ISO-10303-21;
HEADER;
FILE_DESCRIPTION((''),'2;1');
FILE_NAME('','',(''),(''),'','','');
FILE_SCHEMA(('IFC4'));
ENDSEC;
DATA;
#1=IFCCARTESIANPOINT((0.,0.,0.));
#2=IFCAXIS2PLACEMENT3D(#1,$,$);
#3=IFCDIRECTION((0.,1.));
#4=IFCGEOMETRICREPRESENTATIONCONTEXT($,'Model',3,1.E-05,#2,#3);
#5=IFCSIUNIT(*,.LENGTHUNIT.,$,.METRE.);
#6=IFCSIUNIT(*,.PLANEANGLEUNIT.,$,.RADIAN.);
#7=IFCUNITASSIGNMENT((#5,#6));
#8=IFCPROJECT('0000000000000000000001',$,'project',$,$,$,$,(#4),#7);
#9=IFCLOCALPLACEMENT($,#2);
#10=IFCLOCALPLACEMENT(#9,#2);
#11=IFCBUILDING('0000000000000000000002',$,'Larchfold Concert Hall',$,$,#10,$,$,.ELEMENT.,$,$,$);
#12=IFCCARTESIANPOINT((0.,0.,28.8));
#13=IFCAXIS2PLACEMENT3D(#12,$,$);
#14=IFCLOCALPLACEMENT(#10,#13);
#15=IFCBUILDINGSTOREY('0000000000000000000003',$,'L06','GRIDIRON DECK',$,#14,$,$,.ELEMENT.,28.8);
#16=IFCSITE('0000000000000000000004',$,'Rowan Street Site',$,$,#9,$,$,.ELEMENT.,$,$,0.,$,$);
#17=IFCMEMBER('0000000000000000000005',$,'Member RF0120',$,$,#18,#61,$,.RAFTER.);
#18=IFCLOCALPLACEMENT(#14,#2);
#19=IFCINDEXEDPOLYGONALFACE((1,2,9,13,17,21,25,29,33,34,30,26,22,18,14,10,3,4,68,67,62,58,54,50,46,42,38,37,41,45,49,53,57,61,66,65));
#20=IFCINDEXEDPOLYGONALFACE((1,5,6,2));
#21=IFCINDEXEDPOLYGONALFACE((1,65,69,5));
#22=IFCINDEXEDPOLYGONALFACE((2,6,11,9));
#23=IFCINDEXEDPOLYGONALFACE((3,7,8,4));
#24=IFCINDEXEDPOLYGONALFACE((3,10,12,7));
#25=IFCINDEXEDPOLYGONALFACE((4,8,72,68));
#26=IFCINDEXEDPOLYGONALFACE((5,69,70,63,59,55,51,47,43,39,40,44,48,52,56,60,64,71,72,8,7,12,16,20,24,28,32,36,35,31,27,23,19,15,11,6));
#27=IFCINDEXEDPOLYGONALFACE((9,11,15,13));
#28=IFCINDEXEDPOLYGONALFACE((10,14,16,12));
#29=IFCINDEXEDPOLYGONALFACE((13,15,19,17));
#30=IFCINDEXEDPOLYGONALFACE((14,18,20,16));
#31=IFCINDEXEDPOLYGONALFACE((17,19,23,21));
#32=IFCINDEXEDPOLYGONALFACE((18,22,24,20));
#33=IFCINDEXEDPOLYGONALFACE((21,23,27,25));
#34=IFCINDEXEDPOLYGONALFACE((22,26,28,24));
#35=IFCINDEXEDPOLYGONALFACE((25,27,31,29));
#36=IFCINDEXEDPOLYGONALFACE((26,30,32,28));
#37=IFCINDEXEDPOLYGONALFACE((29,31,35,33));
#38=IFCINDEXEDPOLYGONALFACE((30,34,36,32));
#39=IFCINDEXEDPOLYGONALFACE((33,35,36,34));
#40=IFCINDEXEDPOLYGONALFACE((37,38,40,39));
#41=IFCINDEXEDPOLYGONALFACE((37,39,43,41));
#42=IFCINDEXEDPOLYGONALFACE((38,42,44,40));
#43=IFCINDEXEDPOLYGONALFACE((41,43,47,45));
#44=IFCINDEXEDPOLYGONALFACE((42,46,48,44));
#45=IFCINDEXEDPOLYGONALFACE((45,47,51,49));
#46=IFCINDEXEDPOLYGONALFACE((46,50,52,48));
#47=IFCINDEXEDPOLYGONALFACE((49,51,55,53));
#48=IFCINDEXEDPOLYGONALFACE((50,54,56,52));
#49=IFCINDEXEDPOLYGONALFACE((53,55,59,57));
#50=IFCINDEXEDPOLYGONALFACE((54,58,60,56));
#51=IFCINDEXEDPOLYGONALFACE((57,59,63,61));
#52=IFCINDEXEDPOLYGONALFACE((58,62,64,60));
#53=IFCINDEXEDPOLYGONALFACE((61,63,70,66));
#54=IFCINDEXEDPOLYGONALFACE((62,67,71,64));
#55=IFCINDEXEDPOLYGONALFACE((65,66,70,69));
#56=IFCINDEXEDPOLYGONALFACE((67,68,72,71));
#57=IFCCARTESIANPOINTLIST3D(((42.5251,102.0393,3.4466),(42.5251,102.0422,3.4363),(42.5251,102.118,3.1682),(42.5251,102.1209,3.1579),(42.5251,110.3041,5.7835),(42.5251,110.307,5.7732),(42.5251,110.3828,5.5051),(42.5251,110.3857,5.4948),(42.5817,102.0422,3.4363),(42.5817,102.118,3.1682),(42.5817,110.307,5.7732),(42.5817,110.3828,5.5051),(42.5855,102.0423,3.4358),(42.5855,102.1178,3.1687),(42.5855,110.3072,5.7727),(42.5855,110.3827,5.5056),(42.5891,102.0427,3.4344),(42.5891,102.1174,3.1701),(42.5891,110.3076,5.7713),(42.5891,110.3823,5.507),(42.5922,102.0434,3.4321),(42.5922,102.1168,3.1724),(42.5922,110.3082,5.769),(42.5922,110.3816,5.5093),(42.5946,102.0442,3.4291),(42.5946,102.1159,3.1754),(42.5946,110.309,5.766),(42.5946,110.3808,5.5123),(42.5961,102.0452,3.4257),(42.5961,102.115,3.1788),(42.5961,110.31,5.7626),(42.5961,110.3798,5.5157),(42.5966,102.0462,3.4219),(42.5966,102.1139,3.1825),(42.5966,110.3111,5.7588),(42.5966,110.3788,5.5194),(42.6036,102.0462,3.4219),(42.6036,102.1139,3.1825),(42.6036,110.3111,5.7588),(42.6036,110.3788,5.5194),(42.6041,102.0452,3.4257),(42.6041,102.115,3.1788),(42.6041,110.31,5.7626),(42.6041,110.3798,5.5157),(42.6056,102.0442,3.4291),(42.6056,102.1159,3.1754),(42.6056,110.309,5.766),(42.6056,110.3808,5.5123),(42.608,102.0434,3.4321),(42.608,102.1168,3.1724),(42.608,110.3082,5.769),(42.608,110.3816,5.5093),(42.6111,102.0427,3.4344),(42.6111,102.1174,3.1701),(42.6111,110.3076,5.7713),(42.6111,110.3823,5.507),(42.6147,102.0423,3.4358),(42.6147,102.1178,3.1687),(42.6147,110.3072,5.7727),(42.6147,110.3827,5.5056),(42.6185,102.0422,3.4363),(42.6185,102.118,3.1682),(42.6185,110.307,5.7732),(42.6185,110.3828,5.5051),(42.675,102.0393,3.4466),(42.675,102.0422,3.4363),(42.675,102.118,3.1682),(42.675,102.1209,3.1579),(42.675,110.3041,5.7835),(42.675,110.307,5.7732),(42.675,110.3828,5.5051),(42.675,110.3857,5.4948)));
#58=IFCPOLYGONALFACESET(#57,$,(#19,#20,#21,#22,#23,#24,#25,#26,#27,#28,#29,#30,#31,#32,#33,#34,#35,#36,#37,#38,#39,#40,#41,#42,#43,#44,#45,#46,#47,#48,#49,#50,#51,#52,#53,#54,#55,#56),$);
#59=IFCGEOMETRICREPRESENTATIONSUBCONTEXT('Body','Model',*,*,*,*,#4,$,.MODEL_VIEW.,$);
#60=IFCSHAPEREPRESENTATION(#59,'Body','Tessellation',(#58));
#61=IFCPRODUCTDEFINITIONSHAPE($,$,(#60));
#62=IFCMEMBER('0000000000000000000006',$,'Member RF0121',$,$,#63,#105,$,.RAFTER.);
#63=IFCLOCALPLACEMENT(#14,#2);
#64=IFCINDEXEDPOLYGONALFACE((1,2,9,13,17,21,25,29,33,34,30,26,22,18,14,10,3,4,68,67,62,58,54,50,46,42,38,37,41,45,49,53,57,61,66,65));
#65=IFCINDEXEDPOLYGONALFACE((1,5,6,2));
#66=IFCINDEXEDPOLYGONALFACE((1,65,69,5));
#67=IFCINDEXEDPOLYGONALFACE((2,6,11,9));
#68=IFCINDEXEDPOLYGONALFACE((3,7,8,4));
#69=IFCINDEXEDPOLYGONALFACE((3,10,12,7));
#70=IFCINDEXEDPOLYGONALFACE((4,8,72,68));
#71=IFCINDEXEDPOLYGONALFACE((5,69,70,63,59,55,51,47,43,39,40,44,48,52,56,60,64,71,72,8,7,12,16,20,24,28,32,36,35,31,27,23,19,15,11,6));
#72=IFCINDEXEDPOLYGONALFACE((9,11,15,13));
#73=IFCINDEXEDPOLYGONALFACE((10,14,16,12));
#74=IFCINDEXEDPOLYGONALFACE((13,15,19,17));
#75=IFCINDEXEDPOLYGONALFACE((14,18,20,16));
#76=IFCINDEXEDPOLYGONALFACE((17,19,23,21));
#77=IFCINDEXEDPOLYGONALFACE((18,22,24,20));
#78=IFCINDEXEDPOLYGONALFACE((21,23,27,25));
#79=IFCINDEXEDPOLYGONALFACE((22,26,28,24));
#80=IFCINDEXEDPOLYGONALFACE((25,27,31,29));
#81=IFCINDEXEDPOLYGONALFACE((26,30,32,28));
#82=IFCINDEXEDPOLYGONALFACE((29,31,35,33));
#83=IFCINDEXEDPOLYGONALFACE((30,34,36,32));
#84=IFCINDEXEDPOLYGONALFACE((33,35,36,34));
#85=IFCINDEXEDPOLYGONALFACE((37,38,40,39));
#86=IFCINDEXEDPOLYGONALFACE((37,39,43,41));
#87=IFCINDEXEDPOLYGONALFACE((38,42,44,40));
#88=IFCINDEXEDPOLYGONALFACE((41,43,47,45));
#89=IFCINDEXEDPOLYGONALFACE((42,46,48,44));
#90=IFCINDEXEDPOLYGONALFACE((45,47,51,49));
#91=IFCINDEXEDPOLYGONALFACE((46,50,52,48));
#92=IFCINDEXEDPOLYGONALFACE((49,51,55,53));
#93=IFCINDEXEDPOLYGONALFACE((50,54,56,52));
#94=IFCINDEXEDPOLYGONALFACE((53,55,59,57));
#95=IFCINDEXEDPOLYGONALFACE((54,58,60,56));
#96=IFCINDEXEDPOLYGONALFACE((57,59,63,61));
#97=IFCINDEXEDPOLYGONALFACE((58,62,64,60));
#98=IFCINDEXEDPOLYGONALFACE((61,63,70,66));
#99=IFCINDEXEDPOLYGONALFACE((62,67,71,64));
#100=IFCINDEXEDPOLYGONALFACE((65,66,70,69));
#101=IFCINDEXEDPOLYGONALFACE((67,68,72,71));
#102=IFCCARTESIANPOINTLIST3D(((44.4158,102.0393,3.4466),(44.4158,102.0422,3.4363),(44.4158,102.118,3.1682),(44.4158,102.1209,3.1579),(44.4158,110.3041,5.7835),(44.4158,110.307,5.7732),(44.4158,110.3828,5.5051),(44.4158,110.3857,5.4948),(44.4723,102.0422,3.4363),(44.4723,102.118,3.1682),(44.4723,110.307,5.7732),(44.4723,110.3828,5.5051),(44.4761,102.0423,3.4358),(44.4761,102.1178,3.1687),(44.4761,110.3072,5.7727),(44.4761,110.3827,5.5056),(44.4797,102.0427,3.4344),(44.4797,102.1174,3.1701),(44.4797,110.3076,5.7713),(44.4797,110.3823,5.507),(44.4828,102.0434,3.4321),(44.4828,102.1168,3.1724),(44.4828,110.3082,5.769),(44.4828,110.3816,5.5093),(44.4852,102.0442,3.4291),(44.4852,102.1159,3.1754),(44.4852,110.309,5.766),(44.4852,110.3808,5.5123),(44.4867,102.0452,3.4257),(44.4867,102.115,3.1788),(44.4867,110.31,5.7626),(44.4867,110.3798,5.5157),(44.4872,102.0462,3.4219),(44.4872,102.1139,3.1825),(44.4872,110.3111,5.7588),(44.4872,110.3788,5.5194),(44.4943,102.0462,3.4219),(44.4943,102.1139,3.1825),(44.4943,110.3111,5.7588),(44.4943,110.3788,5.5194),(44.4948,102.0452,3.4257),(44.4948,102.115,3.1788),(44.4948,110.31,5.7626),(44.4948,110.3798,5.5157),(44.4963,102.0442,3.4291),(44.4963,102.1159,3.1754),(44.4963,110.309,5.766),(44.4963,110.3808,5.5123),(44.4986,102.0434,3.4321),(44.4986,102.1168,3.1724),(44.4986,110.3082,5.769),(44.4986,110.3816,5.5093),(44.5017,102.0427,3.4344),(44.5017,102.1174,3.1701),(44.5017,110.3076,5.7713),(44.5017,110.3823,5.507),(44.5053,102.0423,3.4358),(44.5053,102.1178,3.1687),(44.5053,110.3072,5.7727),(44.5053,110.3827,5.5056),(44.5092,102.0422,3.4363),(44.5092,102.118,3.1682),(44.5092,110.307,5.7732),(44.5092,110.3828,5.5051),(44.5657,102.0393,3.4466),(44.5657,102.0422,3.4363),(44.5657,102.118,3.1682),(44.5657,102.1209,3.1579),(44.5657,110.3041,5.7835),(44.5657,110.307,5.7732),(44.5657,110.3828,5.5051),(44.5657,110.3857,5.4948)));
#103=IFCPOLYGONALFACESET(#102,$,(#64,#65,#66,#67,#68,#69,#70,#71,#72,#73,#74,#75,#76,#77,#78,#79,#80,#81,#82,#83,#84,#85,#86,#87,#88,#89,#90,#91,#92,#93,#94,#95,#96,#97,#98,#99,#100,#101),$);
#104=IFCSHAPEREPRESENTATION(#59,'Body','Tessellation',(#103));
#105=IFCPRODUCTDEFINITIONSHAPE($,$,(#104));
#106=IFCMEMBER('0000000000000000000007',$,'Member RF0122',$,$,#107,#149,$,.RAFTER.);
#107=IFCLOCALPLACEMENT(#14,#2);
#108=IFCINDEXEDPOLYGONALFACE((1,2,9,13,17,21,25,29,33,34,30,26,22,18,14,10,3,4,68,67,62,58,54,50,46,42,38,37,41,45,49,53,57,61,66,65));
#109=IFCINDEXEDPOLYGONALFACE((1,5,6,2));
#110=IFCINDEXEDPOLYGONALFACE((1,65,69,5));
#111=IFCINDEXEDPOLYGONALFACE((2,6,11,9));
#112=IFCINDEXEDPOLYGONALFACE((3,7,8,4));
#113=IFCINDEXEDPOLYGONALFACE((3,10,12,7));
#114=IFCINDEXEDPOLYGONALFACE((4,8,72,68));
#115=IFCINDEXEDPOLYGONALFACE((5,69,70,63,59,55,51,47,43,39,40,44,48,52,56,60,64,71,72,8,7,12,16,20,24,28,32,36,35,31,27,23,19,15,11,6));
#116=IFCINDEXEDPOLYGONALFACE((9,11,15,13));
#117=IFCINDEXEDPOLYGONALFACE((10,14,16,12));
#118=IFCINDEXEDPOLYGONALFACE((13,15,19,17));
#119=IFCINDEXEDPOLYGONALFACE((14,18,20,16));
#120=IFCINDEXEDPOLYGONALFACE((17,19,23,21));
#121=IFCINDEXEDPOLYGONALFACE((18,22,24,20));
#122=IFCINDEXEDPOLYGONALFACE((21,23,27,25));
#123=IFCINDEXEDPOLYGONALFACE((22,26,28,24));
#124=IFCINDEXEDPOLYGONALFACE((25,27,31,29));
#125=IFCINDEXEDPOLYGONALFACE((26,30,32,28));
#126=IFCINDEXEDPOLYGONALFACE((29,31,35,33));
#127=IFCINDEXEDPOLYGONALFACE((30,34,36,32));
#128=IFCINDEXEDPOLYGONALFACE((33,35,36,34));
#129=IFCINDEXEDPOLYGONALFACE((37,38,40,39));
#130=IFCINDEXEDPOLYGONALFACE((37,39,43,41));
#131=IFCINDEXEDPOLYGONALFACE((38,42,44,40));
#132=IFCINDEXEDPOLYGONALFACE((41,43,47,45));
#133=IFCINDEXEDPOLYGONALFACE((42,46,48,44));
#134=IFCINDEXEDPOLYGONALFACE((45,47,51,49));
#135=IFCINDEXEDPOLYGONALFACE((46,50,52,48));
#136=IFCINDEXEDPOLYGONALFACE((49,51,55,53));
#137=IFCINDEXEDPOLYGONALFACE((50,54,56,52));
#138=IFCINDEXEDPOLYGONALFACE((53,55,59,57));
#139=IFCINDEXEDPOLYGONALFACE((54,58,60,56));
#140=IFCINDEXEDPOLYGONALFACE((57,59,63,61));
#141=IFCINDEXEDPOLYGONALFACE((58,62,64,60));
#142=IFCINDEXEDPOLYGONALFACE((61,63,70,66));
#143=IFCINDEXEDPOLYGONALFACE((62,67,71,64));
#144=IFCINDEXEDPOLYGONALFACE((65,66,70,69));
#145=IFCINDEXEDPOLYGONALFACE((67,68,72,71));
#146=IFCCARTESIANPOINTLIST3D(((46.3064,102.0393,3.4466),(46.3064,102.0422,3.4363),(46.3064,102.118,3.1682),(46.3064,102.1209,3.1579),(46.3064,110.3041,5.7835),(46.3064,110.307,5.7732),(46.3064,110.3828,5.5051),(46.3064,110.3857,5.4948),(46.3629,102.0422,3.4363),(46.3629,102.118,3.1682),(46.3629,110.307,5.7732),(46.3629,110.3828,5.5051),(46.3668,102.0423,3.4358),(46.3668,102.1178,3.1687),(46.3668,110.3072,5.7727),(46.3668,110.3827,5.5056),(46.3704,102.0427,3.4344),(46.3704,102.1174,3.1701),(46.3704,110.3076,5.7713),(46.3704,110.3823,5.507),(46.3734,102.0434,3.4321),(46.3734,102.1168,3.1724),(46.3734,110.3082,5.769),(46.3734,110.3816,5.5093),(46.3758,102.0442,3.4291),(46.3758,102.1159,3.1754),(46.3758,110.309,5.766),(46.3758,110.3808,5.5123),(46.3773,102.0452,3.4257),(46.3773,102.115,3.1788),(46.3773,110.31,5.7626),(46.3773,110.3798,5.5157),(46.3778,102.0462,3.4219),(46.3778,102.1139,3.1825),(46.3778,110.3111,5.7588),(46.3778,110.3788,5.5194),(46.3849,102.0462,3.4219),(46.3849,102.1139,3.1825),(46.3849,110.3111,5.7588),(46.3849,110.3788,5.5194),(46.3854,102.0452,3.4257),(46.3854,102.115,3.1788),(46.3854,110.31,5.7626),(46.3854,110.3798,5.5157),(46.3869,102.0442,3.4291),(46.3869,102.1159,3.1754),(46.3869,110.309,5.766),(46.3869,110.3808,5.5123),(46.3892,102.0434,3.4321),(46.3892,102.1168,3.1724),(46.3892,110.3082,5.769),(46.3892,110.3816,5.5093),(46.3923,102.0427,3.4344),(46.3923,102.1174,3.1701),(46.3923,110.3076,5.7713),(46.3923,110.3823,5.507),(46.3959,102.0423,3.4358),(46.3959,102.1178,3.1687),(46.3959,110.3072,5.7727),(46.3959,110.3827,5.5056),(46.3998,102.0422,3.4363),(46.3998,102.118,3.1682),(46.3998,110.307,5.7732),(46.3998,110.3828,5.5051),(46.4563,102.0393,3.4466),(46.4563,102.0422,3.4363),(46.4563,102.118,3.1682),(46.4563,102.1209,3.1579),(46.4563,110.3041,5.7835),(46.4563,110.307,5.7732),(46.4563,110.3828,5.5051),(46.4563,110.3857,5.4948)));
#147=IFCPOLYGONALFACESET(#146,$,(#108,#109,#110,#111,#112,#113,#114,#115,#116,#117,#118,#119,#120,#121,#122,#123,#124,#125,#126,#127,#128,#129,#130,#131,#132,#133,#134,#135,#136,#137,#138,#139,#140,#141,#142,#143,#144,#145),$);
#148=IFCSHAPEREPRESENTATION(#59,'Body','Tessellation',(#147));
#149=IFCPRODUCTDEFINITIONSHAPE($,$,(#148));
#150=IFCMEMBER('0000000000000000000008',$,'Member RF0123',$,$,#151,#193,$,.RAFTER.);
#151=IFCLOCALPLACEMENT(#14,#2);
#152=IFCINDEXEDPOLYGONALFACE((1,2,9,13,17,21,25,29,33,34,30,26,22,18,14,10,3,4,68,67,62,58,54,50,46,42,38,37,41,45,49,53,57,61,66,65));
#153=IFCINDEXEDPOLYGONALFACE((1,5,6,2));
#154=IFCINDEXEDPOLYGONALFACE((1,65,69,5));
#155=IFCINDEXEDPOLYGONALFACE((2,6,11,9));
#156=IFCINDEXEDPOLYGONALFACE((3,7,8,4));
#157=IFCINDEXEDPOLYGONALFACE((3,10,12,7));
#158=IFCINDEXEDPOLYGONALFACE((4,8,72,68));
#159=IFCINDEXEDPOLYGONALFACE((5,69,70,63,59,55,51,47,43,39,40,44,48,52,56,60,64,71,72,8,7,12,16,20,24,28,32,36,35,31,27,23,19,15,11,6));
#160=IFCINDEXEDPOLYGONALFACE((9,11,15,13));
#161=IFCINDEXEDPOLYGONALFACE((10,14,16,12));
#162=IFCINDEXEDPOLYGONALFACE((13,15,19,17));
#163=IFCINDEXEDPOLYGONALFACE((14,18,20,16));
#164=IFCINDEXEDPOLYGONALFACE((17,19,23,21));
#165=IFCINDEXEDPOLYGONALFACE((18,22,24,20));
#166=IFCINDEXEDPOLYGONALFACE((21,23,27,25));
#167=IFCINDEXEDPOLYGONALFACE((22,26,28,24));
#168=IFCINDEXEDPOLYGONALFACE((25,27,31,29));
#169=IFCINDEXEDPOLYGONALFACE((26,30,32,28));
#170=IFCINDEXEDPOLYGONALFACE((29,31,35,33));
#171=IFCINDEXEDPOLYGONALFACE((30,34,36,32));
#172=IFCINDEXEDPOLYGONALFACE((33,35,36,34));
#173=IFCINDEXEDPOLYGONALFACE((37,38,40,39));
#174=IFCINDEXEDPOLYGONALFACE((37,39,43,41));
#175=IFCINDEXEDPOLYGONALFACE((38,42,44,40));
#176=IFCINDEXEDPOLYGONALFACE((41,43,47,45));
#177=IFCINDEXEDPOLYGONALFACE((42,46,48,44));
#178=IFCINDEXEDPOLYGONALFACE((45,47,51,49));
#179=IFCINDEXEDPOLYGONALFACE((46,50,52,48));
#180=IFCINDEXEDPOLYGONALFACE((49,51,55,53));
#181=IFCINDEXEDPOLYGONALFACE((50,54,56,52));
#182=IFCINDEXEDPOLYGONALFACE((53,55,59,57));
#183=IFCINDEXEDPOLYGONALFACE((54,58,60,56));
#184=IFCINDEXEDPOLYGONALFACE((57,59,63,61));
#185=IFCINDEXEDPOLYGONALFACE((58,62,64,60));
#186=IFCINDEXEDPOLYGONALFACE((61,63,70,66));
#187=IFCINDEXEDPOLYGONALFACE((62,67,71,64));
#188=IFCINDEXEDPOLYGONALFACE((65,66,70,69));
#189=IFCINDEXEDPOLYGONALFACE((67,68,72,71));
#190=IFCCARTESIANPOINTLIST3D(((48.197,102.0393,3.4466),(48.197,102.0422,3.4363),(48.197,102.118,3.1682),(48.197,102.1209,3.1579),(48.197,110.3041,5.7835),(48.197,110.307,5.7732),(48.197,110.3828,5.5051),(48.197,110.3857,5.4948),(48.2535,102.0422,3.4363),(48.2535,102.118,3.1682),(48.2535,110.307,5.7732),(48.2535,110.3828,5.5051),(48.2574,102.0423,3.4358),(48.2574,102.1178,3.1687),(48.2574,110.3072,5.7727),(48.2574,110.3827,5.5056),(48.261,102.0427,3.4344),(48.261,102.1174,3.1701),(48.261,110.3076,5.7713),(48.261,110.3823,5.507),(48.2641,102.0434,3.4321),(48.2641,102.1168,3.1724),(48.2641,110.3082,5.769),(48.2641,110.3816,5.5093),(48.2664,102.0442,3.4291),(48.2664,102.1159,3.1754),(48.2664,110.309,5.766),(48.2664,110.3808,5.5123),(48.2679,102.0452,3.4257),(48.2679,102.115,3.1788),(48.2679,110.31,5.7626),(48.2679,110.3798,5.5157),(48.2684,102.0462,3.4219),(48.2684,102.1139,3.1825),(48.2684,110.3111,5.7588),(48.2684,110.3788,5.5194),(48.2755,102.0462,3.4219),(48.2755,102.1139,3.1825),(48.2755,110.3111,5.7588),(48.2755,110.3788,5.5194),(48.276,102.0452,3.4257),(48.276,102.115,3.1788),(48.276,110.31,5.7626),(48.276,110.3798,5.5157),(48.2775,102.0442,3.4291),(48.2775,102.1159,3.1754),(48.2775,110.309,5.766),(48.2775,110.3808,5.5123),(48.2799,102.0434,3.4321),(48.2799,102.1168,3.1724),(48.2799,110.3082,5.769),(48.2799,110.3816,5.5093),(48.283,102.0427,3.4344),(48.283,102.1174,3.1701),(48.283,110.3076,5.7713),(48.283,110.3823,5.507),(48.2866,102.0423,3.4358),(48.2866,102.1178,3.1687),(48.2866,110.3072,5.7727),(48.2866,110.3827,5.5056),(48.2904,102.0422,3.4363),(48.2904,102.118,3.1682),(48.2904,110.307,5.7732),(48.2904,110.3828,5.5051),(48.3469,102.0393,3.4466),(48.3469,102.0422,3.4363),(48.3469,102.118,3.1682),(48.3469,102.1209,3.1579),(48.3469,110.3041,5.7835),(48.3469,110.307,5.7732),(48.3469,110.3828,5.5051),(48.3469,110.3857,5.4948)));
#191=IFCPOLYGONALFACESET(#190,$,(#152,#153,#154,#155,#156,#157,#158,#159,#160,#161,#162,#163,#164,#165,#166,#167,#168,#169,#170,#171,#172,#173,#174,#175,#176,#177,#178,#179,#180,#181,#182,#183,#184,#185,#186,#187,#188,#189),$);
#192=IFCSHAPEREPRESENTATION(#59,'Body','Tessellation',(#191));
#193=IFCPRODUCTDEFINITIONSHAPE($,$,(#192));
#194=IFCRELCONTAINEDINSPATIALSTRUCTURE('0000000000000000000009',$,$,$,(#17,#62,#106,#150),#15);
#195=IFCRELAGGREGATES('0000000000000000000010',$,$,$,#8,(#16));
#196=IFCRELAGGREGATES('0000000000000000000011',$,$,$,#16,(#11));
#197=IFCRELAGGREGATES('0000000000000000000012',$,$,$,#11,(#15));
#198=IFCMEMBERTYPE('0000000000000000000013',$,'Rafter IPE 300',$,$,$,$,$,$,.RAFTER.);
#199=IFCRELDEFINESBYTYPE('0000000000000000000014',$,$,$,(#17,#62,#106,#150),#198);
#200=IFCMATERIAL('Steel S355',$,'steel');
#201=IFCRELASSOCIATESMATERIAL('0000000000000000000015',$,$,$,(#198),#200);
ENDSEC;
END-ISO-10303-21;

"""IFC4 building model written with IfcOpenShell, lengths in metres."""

from ifc_helpers import new_model, si_unit, direction, frame, origin, origin_2d, place, context, subcontext, project, spatial, i_section, extrude, material, material_profile, profile_set, type_object, element, save


model = new_model("IFC4")

# Units and contexts
model_context = context("Model", 3, precision=1e-05, world=origin(), true_north=direction((0.0, 1.0)))
body_context = subcontext(model_context, "Body", "Model", "MODEL_VIEW")
ifc_project = project(units=[si_unit("LENGTHUNIT", "METRE"), si_unit("PLANEANGLEUNIT", "RADIAN")], contexts=[model_context])

# Site, building, storey
site_placement = place(None, origin())
site = spatial("IfcSite", under=ifc_project, at=site_placement, Name="Rowan Street Site", CompositionType="ELEMENT", RefElevation=0.0)
building_placement = place(site_placement, origin())
building = spatial("IfcBuilding", under=site, at=building_placement, Name="Larchfold Concert Hall", CompositionType="ELEMENT")
storey_placement = place(building_placement, frame((0.0, 0.0, 28.8)))
storey = spatial("IfcBuildingStorey", under=building, at=storey_placement, Name="L06", Description="GRIDIRON DECK", CompositionType="ELEMENT", Elevation=28.8)

# Members
ifc_material_1 = material(Name="Steel S355", Category="steel")
ifc_material_profile_1 = material_profile(ifc_material_1, i_section(OverallWidth=0.1499, OverallDepth=0.3, WebThickness=0.0071, FlangeThickness=0.0107, FilletRadius=0.0149, at=origin_2d()))
ifc_profile_set_1 = profile_set([ifc_material_profile_1], Name="Steel S355")
member_type_1 = type_object("IfcMemberType", Name="Rafter IPE 300", PredefinedType="RAFTER", material=ifc_profile_set_1)
for number, where, z_axis, x_axis, name in (
    (1, (42.6001, 102.0801, 3.3022), (0.0, 0.962273, 0.272085), (-1.0, 0.0, 0.0), "Member RF0120"),
    (2, (44.4907, 102.0801, 3.3022), (0.0, 0.962273, 0.272085), (-1.0, 0.0, 0.0), "Member RF0121"),
    (3, (46.3813, 102.0801, 3.3022), (0.0, 0.962273, 0.272085), (-1.0, 0.0, 0.0), "Member RF0122"),
    (4, (48.272, 102.0801, 3.3022), (0.0, 0.962273, 0.272085), (-1.0, 0.0, 0.0), "Member RF0123"),
):
    element("IfcMember", number, at=place(storey_placement, frame(where, z_axis=z_axis, x_axis=x_axis)), inside=storey, type_object=member_type_1, Name=name, PredefinedType="RAFTER", context=body_context, shape_type="SweptSolid", body=[
        extrude(i_section(OverallWidth=0.1499, OverallDepth=0.3, WebThickness=0.0071, FlangeThickness=0.0107, FilletRadius=0.0149, at=origin_2d()), origin(), (0.0, 0.0, 1.0), 8.5889),
    ])

save(model, "model.ifc")
